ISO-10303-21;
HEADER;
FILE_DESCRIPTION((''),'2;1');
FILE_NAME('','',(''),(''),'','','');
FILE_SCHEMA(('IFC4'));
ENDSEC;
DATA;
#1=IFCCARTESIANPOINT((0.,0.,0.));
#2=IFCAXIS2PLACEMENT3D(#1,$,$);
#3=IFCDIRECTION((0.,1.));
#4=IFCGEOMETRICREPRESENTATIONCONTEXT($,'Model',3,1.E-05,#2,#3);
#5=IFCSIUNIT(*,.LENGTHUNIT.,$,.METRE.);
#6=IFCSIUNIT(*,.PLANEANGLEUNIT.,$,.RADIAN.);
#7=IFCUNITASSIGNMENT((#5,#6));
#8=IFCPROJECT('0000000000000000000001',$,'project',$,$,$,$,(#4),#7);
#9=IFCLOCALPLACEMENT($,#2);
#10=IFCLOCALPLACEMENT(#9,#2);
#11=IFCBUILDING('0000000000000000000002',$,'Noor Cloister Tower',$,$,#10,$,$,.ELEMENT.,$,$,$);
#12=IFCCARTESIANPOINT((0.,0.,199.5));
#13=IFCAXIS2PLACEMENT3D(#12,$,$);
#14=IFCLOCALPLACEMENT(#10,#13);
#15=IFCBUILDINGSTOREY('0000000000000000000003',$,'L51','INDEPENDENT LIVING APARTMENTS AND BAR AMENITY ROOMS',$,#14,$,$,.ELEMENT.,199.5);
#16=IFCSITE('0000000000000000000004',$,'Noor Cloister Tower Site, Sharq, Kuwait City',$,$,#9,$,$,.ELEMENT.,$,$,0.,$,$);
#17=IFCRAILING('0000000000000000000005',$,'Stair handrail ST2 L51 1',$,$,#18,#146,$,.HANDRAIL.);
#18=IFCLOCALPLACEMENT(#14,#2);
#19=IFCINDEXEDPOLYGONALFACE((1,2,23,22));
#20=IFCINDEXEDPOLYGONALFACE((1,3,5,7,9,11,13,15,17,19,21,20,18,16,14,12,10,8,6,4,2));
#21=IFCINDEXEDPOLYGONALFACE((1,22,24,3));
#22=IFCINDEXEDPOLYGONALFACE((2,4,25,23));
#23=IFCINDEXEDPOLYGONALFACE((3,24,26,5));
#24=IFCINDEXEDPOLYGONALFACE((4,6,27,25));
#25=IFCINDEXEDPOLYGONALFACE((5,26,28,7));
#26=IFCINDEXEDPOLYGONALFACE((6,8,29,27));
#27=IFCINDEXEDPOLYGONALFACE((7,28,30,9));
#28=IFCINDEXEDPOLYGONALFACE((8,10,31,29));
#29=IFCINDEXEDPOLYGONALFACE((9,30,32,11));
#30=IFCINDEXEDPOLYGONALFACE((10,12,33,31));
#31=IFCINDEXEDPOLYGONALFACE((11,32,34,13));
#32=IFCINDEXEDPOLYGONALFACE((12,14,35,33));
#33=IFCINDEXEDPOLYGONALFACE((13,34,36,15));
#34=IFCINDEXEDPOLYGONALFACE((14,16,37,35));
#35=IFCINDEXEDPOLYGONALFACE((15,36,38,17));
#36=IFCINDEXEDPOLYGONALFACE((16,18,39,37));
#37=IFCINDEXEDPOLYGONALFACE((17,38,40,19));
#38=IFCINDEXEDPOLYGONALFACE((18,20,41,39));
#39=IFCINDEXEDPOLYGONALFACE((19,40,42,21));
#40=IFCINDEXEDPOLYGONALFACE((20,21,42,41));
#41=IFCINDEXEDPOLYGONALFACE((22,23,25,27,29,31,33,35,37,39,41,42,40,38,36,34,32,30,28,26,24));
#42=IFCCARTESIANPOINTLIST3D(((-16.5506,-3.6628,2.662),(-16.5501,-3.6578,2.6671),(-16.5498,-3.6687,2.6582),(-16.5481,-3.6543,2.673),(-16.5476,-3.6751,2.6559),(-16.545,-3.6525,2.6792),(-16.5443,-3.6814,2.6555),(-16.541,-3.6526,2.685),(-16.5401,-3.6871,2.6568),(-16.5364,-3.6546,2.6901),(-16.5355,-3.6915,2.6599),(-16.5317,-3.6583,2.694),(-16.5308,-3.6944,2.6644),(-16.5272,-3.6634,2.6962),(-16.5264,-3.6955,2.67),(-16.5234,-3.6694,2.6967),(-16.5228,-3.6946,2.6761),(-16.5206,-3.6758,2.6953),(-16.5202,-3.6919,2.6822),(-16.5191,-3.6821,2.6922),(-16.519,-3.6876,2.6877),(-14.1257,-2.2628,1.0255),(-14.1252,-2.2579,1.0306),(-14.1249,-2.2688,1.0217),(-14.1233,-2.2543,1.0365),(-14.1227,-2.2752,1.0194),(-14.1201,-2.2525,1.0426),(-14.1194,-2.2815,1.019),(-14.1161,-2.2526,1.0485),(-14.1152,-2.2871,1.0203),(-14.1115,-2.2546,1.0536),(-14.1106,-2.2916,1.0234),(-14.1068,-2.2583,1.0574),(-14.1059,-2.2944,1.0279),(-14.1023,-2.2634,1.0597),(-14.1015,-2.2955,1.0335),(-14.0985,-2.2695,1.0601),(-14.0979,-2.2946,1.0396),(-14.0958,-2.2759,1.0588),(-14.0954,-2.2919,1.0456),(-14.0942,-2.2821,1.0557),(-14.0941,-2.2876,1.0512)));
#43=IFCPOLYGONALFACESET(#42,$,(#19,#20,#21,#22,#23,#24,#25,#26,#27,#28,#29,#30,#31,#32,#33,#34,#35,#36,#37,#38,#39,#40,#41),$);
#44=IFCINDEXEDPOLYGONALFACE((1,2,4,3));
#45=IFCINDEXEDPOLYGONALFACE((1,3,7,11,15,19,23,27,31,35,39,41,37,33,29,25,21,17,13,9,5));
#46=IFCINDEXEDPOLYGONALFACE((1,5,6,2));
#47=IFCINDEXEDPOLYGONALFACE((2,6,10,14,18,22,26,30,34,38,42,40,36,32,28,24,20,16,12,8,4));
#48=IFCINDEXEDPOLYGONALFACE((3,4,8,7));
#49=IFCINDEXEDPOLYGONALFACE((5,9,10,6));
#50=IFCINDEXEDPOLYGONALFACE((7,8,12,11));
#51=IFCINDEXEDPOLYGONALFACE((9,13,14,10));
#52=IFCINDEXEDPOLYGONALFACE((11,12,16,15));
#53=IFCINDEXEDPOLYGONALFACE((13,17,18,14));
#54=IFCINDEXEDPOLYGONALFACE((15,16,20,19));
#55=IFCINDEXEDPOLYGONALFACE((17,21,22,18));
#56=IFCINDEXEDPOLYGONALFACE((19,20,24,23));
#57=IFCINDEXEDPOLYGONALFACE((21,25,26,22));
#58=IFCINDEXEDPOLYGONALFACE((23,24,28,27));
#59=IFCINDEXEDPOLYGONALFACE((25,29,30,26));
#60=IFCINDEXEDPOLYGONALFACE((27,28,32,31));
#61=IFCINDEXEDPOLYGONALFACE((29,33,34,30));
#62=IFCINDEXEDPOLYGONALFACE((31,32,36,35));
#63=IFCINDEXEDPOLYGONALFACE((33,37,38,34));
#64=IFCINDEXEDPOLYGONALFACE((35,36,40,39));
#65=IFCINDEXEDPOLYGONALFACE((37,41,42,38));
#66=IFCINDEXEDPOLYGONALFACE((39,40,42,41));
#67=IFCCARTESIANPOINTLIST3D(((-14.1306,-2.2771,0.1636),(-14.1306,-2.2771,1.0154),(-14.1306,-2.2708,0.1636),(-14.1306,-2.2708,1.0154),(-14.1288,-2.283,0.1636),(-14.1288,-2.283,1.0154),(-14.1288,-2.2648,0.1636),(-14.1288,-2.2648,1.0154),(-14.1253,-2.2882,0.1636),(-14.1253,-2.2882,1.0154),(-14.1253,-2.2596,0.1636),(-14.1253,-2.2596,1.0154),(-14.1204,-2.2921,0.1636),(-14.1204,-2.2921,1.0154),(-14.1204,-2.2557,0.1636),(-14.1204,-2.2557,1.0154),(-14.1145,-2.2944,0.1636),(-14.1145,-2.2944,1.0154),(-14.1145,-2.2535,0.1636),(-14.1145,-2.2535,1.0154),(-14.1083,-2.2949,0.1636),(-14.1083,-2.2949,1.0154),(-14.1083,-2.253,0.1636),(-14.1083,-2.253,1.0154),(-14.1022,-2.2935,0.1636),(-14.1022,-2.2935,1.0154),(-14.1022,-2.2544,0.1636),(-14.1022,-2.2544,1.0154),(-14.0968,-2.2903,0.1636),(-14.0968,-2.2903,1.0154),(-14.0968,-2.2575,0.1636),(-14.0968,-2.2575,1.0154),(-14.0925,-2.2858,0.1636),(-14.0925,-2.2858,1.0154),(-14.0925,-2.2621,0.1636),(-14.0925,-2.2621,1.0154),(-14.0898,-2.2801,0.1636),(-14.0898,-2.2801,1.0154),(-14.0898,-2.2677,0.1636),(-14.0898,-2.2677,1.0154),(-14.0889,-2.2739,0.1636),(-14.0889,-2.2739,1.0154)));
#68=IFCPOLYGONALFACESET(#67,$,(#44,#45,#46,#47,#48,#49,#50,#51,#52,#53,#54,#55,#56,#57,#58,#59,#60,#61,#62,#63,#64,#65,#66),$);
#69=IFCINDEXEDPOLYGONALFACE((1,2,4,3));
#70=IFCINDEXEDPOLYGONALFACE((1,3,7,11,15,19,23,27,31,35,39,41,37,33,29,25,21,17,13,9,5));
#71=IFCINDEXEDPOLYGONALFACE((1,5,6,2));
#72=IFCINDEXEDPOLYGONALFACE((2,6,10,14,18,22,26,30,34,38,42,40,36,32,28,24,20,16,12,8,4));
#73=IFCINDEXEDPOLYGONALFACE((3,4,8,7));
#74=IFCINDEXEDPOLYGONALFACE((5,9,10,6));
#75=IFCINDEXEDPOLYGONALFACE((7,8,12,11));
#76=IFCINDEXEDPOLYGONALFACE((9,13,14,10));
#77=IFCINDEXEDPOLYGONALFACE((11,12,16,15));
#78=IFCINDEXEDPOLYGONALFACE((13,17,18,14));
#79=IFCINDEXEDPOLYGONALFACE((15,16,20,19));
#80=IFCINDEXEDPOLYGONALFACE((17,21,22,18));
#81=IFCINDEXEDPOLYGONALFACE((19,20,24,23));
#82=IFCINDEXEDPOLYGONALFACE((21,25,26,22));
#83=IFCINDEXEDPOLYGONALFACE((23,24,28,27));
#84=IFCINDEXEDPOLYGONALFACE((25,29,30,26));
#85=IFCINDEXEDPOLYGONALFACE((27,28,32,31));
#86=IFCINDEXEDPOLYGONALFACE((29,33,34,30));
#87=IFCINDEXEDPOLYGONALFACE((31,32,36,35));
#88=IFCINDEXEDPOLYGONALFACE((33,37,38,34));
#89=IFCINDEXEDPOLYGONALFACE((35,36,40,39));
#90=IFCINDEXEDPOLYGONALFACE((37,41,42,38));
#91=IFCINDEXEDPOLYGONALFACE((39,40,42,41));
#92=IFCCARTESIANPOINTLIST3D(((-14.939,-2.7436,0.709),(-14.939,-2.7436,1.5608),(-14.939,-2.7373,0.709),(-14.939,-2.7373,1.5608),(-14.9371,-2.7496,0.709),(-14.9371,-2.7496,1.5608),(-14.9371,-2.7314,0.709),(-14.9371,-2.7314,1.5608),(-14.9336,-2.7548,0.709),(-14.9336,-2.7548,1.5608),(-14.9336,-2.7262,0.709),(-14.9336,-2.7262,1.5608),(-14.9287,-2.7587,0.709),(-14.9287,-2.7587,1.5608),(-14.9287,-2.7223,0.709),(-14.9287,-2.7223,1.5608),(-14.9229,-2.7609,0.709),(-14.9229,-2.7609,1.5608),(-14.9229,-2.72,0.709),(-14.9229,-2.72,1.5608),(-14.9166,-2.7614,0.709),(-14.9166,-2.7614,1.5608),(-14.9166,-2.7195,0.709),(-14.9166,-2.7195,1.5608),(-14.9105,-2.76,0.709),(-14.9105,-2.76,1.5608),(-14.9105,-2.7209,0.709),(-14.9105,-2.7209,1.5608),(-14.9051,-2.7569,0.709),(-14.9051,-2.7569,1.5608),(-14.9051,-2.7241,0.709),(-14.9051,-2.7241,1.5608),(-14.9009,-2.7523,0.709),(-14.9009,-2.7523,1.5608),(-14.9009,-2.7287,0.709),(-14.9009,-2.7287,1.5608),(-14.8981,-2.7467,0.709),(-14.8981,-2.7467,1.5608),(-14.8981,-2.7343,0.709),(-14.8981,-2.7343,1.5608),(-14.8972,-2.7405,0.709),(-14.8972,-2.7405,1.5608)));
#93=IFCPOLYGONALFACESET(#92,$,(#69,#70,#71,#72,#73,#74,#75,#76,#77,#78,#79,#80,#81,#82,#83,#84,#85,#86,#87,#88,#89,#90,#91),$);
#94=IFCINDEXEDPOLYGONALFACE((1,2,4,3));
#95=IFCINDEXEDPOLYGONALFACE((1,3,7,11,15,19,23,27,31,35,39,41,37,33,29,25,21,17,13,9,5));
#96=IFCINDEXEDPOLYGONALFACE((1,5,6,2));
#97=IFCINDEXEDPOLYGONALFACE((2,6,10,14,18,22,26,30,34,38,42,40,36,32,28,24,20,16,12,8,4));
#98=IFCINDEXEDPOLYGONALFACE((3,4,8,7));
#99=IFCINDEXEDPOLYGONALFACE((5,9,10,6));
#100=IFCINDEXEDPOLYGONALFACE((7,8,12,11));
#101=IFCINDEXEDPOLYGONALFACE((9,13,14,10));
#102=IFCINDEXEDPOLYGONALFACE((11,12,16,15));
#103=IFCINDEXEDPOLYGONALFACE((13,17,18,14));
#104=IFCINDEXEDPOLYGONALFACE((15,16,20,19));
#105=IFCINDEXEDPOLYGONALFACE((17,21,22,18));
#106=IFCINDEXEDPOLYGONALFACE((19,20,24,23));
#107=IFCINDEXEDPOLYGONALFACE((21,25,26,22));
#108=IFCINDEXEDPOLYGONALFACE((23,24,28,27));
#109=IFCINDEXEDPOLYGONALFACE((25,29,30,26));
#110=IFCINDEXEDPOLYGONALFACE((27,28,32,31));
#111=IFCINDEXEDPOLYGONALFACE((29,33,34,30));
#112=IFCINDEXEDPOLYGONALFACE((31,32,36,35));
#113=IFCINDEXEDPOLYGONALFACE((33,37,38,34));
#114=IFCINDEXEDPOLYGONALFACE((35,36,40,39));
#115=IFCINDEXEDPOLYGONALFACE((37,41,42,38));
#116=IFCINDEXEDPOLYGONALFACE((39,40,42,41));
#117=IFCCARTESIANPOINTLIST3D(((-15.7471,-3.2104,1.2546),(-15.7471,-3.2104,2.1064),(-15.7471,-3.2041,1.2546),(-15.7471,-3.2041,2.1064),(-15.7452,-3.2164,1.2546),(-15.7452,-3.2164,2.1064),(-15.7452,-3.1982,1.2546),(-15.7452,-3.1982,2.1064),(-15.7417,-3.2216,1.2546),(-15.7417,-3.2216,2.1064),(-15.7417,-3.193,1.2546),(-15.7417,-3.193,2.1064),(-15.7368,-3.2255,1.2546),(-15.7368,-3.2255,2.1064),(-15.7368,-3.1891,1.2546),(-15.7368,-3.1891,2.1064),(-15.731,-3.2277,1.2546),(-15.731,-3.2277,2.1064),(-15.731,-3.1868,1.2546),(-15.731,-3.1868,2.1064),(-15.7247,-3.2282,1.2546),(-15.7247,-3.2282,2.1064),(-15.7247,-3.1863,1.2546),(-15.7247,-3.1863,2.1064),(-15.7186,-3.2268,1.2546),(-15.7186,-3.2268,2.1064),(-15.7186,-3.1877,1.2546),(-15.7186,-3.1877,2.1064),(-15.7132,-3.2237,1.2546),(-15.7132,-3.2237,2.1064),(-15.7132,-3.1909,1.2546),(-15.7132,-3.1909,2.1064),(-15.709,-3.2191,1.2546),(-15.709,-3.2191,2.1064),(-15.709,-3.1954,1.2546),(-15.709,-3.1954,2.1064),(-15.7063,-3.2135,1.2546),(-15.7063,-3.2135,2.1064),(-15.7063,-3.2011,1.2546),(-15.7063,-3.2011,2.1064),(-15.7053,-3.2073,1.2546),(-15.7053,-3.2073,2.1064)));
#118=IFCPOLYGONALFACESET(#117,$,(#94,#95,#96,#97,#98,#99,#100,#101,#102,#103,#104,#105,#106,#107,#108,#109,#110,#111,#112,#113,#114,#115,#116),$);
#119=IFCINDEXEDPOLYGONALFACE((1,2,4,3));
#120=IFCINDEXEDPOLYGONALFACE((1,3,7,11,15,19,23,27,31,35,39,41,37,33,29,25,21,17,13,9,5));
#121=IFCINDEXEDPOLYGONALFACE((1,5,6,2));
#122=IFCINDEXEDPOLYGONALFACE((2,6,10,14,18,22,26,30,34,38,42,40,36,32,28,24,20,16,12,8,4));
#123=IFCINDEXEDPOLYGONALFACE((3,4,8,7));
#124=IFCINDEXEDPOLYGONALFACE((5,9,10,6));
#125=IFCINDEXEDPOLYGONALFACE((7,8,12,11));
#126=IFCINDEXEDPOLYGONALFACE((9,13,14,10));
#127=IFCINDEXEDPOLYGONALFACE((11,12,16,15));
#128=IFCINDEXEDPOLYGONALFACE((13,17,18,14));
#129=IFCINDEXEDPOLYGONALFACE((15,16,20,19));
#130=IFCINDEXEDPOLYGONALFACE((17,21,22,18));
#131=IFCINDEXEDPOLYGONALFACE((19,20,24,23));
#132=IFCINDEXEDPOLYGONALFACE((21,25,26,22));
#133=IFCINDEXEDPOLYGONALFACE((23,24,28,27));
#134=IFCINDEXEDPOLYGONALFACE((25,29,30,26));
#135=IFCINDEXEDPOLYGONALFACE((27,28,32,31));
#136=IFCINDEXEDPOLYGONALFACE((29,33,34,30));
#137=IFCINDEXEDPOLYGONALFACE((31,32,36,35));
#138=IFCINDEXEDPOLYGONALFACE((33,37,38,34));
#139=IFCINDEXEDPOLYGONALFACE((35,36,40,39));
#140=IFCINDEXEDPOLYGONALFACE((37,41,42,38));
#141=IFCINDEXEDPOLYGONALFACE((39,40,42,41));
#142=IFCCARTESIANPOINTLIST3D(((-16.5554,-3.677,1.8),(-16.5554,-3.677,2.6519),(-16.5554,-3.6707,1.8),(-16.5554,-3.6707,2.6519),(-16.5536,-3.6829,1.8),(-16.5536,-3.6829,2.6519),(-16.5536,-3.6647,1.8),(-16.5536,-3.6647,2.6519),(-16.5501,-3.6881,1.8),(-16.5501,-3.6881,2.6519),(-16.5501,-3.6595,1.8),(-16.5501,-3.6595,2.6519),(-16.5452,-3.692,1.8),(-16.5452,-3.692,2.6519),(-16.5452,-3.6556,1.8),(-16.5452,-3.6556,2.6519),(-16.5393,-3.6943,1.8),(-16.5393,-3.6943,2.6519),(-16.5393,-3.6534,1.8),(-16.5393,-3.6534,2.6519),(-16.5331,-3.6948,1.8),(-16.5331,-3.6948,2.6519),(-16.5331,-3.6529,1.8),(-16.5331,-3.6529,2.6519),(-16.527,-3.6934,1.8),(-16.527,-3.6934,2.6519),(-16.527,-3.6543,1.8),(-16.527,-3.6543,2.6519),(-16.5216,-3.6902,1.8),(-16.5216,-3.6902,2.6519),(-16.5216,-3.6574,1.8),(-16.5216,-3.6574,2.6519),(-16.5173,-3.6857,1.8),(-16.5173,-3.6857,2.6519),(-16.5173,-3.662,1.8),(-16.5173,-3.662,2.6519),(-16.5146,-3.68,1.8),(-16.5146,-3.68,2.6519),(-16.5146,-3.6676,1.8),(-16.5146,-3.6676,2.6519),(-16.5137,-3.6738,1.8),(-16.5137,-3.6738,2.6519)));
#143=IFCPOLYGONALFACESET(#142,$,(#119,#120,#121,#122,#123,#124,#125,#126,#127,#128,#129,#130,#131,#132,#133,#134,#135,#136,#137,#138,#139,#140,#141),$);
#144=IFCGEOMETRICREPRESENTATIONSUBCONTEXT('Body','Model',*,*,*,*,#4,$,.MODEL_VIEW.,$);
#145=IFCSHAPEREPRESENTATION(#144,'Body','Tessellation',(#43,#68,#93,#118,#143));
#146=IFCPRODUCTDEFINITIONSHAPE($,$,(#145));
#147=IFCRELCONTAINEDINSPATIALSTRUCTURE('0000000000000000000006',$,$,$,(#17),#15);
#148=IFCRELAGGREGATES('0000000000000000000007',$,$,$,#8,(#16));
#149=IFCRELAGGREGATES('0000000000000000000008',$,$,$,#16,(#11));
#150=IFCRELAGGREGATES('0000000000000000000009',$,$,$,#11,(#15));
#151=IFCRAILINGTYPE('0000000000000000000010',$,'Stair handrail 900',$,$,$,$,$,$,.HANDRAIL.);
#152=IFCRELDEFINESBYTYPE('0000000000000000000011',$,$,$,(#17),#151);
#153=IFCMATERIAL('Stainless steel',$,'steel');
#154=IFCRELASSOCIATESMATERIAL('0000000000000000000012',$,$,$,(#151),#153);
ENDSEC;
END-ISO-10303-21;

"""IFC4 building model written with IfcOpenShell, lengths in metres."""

from ifc_helpers import new_model, si_unit, direction, frame, origin, origin_2d, place, context, subcontext, project, spatial, circle, extrude, material, type_object, element, save


model = new_model("IFC4")

# Units and contexts
model_context = context("Model", 3, precision=1e-05, world=origin(), true_north=direction((0.0, 1.0)))
body_context = subcontext(model_context, "Body", "Model", "MODEL_VIEW")
ifc_project = project(units=[si_unit("LENGTHUNIT", "METRE"), si_unit("PLANEANGLEUNIT", "RADIAN")], contexts=[model_context])

# Site, building, storey
site_placement = place(None, origin())
site = spatial("IfcSite", under=ifc_project, at=site_placement, Name="Noor Cloister Tower Site, Sharq, Kuwait City", CompositionType="ELEMENT", RefElevation=0.0)
building_placement = place(site_placement, origin())
building = spatial("IfcBuilding", under=site, at=building_placement, Name="Noor Cloister Tower", CompositionType="ELEMENT")
storey_placement = place(building_placement, frame((0.0, 0.0, 199.5)))
storey = spatial("IfcBuildingStorey", under=building, at=storey_placement, Name="L51", Description="INDEPENDENT LIVING APARTMENTS AND BAR AMENITY ROOMS", CompositionType="ELEMENT", Elevation=199.5)

# Railing
ifc_material_1 = material(Name="Stainless steel", Category="steel")
railing_type_1 = type_object("IfcRailingType", Name="Stair handrail 900", PredefinedType="HANDRAIL", material=ifc_material_1)
railing_1_placement = place(storey_placement, frame((-14.1099, -2.2739, 0.1636)))
element("IfcRailing", 1, at=railing_1_placement, inside=storey, type_object=railing_type_1, Name="Stair handrail ST2 L51 1", PredefinedType="HANDRAIL", context=body_context, shape_type="SweptSolid", body=[
    extrude(circle(Radius=0.0239, at=origin_2d()), frame((0.0, 0.0, 0.876), z_axis=(-0.74769, -0.431661, 0.504608), x_axis=(0.499984, -0.866035, 0.0)), (0.0, 0.0, 1.0), 3.2432),
    extrude(circle(Radius=0.021, at=origin_2d()), origin(), (0.0, 0.0, 1.0), 0.8518),
    extrude(circle(Radius=0.021, at=origin_2d()), frame((-0.8083, -0.4666, 0.5454)), (0.0, 0.0, 1.0), 0.8518),
    extrude(circle(Radius=0.021, at=origin_2d()), frame((-1.6165, -0.9333, 1.0911)), (0.0, 0.0, 1.0), 0.8518),
    extrude(circle(Radius=0.021, at=origin_2d()), frame((-2.4248, -1.3999, 1.6365)), (0.0, 0.0, 1.0), 0.8518),
])

save(model, "model.ifc")
